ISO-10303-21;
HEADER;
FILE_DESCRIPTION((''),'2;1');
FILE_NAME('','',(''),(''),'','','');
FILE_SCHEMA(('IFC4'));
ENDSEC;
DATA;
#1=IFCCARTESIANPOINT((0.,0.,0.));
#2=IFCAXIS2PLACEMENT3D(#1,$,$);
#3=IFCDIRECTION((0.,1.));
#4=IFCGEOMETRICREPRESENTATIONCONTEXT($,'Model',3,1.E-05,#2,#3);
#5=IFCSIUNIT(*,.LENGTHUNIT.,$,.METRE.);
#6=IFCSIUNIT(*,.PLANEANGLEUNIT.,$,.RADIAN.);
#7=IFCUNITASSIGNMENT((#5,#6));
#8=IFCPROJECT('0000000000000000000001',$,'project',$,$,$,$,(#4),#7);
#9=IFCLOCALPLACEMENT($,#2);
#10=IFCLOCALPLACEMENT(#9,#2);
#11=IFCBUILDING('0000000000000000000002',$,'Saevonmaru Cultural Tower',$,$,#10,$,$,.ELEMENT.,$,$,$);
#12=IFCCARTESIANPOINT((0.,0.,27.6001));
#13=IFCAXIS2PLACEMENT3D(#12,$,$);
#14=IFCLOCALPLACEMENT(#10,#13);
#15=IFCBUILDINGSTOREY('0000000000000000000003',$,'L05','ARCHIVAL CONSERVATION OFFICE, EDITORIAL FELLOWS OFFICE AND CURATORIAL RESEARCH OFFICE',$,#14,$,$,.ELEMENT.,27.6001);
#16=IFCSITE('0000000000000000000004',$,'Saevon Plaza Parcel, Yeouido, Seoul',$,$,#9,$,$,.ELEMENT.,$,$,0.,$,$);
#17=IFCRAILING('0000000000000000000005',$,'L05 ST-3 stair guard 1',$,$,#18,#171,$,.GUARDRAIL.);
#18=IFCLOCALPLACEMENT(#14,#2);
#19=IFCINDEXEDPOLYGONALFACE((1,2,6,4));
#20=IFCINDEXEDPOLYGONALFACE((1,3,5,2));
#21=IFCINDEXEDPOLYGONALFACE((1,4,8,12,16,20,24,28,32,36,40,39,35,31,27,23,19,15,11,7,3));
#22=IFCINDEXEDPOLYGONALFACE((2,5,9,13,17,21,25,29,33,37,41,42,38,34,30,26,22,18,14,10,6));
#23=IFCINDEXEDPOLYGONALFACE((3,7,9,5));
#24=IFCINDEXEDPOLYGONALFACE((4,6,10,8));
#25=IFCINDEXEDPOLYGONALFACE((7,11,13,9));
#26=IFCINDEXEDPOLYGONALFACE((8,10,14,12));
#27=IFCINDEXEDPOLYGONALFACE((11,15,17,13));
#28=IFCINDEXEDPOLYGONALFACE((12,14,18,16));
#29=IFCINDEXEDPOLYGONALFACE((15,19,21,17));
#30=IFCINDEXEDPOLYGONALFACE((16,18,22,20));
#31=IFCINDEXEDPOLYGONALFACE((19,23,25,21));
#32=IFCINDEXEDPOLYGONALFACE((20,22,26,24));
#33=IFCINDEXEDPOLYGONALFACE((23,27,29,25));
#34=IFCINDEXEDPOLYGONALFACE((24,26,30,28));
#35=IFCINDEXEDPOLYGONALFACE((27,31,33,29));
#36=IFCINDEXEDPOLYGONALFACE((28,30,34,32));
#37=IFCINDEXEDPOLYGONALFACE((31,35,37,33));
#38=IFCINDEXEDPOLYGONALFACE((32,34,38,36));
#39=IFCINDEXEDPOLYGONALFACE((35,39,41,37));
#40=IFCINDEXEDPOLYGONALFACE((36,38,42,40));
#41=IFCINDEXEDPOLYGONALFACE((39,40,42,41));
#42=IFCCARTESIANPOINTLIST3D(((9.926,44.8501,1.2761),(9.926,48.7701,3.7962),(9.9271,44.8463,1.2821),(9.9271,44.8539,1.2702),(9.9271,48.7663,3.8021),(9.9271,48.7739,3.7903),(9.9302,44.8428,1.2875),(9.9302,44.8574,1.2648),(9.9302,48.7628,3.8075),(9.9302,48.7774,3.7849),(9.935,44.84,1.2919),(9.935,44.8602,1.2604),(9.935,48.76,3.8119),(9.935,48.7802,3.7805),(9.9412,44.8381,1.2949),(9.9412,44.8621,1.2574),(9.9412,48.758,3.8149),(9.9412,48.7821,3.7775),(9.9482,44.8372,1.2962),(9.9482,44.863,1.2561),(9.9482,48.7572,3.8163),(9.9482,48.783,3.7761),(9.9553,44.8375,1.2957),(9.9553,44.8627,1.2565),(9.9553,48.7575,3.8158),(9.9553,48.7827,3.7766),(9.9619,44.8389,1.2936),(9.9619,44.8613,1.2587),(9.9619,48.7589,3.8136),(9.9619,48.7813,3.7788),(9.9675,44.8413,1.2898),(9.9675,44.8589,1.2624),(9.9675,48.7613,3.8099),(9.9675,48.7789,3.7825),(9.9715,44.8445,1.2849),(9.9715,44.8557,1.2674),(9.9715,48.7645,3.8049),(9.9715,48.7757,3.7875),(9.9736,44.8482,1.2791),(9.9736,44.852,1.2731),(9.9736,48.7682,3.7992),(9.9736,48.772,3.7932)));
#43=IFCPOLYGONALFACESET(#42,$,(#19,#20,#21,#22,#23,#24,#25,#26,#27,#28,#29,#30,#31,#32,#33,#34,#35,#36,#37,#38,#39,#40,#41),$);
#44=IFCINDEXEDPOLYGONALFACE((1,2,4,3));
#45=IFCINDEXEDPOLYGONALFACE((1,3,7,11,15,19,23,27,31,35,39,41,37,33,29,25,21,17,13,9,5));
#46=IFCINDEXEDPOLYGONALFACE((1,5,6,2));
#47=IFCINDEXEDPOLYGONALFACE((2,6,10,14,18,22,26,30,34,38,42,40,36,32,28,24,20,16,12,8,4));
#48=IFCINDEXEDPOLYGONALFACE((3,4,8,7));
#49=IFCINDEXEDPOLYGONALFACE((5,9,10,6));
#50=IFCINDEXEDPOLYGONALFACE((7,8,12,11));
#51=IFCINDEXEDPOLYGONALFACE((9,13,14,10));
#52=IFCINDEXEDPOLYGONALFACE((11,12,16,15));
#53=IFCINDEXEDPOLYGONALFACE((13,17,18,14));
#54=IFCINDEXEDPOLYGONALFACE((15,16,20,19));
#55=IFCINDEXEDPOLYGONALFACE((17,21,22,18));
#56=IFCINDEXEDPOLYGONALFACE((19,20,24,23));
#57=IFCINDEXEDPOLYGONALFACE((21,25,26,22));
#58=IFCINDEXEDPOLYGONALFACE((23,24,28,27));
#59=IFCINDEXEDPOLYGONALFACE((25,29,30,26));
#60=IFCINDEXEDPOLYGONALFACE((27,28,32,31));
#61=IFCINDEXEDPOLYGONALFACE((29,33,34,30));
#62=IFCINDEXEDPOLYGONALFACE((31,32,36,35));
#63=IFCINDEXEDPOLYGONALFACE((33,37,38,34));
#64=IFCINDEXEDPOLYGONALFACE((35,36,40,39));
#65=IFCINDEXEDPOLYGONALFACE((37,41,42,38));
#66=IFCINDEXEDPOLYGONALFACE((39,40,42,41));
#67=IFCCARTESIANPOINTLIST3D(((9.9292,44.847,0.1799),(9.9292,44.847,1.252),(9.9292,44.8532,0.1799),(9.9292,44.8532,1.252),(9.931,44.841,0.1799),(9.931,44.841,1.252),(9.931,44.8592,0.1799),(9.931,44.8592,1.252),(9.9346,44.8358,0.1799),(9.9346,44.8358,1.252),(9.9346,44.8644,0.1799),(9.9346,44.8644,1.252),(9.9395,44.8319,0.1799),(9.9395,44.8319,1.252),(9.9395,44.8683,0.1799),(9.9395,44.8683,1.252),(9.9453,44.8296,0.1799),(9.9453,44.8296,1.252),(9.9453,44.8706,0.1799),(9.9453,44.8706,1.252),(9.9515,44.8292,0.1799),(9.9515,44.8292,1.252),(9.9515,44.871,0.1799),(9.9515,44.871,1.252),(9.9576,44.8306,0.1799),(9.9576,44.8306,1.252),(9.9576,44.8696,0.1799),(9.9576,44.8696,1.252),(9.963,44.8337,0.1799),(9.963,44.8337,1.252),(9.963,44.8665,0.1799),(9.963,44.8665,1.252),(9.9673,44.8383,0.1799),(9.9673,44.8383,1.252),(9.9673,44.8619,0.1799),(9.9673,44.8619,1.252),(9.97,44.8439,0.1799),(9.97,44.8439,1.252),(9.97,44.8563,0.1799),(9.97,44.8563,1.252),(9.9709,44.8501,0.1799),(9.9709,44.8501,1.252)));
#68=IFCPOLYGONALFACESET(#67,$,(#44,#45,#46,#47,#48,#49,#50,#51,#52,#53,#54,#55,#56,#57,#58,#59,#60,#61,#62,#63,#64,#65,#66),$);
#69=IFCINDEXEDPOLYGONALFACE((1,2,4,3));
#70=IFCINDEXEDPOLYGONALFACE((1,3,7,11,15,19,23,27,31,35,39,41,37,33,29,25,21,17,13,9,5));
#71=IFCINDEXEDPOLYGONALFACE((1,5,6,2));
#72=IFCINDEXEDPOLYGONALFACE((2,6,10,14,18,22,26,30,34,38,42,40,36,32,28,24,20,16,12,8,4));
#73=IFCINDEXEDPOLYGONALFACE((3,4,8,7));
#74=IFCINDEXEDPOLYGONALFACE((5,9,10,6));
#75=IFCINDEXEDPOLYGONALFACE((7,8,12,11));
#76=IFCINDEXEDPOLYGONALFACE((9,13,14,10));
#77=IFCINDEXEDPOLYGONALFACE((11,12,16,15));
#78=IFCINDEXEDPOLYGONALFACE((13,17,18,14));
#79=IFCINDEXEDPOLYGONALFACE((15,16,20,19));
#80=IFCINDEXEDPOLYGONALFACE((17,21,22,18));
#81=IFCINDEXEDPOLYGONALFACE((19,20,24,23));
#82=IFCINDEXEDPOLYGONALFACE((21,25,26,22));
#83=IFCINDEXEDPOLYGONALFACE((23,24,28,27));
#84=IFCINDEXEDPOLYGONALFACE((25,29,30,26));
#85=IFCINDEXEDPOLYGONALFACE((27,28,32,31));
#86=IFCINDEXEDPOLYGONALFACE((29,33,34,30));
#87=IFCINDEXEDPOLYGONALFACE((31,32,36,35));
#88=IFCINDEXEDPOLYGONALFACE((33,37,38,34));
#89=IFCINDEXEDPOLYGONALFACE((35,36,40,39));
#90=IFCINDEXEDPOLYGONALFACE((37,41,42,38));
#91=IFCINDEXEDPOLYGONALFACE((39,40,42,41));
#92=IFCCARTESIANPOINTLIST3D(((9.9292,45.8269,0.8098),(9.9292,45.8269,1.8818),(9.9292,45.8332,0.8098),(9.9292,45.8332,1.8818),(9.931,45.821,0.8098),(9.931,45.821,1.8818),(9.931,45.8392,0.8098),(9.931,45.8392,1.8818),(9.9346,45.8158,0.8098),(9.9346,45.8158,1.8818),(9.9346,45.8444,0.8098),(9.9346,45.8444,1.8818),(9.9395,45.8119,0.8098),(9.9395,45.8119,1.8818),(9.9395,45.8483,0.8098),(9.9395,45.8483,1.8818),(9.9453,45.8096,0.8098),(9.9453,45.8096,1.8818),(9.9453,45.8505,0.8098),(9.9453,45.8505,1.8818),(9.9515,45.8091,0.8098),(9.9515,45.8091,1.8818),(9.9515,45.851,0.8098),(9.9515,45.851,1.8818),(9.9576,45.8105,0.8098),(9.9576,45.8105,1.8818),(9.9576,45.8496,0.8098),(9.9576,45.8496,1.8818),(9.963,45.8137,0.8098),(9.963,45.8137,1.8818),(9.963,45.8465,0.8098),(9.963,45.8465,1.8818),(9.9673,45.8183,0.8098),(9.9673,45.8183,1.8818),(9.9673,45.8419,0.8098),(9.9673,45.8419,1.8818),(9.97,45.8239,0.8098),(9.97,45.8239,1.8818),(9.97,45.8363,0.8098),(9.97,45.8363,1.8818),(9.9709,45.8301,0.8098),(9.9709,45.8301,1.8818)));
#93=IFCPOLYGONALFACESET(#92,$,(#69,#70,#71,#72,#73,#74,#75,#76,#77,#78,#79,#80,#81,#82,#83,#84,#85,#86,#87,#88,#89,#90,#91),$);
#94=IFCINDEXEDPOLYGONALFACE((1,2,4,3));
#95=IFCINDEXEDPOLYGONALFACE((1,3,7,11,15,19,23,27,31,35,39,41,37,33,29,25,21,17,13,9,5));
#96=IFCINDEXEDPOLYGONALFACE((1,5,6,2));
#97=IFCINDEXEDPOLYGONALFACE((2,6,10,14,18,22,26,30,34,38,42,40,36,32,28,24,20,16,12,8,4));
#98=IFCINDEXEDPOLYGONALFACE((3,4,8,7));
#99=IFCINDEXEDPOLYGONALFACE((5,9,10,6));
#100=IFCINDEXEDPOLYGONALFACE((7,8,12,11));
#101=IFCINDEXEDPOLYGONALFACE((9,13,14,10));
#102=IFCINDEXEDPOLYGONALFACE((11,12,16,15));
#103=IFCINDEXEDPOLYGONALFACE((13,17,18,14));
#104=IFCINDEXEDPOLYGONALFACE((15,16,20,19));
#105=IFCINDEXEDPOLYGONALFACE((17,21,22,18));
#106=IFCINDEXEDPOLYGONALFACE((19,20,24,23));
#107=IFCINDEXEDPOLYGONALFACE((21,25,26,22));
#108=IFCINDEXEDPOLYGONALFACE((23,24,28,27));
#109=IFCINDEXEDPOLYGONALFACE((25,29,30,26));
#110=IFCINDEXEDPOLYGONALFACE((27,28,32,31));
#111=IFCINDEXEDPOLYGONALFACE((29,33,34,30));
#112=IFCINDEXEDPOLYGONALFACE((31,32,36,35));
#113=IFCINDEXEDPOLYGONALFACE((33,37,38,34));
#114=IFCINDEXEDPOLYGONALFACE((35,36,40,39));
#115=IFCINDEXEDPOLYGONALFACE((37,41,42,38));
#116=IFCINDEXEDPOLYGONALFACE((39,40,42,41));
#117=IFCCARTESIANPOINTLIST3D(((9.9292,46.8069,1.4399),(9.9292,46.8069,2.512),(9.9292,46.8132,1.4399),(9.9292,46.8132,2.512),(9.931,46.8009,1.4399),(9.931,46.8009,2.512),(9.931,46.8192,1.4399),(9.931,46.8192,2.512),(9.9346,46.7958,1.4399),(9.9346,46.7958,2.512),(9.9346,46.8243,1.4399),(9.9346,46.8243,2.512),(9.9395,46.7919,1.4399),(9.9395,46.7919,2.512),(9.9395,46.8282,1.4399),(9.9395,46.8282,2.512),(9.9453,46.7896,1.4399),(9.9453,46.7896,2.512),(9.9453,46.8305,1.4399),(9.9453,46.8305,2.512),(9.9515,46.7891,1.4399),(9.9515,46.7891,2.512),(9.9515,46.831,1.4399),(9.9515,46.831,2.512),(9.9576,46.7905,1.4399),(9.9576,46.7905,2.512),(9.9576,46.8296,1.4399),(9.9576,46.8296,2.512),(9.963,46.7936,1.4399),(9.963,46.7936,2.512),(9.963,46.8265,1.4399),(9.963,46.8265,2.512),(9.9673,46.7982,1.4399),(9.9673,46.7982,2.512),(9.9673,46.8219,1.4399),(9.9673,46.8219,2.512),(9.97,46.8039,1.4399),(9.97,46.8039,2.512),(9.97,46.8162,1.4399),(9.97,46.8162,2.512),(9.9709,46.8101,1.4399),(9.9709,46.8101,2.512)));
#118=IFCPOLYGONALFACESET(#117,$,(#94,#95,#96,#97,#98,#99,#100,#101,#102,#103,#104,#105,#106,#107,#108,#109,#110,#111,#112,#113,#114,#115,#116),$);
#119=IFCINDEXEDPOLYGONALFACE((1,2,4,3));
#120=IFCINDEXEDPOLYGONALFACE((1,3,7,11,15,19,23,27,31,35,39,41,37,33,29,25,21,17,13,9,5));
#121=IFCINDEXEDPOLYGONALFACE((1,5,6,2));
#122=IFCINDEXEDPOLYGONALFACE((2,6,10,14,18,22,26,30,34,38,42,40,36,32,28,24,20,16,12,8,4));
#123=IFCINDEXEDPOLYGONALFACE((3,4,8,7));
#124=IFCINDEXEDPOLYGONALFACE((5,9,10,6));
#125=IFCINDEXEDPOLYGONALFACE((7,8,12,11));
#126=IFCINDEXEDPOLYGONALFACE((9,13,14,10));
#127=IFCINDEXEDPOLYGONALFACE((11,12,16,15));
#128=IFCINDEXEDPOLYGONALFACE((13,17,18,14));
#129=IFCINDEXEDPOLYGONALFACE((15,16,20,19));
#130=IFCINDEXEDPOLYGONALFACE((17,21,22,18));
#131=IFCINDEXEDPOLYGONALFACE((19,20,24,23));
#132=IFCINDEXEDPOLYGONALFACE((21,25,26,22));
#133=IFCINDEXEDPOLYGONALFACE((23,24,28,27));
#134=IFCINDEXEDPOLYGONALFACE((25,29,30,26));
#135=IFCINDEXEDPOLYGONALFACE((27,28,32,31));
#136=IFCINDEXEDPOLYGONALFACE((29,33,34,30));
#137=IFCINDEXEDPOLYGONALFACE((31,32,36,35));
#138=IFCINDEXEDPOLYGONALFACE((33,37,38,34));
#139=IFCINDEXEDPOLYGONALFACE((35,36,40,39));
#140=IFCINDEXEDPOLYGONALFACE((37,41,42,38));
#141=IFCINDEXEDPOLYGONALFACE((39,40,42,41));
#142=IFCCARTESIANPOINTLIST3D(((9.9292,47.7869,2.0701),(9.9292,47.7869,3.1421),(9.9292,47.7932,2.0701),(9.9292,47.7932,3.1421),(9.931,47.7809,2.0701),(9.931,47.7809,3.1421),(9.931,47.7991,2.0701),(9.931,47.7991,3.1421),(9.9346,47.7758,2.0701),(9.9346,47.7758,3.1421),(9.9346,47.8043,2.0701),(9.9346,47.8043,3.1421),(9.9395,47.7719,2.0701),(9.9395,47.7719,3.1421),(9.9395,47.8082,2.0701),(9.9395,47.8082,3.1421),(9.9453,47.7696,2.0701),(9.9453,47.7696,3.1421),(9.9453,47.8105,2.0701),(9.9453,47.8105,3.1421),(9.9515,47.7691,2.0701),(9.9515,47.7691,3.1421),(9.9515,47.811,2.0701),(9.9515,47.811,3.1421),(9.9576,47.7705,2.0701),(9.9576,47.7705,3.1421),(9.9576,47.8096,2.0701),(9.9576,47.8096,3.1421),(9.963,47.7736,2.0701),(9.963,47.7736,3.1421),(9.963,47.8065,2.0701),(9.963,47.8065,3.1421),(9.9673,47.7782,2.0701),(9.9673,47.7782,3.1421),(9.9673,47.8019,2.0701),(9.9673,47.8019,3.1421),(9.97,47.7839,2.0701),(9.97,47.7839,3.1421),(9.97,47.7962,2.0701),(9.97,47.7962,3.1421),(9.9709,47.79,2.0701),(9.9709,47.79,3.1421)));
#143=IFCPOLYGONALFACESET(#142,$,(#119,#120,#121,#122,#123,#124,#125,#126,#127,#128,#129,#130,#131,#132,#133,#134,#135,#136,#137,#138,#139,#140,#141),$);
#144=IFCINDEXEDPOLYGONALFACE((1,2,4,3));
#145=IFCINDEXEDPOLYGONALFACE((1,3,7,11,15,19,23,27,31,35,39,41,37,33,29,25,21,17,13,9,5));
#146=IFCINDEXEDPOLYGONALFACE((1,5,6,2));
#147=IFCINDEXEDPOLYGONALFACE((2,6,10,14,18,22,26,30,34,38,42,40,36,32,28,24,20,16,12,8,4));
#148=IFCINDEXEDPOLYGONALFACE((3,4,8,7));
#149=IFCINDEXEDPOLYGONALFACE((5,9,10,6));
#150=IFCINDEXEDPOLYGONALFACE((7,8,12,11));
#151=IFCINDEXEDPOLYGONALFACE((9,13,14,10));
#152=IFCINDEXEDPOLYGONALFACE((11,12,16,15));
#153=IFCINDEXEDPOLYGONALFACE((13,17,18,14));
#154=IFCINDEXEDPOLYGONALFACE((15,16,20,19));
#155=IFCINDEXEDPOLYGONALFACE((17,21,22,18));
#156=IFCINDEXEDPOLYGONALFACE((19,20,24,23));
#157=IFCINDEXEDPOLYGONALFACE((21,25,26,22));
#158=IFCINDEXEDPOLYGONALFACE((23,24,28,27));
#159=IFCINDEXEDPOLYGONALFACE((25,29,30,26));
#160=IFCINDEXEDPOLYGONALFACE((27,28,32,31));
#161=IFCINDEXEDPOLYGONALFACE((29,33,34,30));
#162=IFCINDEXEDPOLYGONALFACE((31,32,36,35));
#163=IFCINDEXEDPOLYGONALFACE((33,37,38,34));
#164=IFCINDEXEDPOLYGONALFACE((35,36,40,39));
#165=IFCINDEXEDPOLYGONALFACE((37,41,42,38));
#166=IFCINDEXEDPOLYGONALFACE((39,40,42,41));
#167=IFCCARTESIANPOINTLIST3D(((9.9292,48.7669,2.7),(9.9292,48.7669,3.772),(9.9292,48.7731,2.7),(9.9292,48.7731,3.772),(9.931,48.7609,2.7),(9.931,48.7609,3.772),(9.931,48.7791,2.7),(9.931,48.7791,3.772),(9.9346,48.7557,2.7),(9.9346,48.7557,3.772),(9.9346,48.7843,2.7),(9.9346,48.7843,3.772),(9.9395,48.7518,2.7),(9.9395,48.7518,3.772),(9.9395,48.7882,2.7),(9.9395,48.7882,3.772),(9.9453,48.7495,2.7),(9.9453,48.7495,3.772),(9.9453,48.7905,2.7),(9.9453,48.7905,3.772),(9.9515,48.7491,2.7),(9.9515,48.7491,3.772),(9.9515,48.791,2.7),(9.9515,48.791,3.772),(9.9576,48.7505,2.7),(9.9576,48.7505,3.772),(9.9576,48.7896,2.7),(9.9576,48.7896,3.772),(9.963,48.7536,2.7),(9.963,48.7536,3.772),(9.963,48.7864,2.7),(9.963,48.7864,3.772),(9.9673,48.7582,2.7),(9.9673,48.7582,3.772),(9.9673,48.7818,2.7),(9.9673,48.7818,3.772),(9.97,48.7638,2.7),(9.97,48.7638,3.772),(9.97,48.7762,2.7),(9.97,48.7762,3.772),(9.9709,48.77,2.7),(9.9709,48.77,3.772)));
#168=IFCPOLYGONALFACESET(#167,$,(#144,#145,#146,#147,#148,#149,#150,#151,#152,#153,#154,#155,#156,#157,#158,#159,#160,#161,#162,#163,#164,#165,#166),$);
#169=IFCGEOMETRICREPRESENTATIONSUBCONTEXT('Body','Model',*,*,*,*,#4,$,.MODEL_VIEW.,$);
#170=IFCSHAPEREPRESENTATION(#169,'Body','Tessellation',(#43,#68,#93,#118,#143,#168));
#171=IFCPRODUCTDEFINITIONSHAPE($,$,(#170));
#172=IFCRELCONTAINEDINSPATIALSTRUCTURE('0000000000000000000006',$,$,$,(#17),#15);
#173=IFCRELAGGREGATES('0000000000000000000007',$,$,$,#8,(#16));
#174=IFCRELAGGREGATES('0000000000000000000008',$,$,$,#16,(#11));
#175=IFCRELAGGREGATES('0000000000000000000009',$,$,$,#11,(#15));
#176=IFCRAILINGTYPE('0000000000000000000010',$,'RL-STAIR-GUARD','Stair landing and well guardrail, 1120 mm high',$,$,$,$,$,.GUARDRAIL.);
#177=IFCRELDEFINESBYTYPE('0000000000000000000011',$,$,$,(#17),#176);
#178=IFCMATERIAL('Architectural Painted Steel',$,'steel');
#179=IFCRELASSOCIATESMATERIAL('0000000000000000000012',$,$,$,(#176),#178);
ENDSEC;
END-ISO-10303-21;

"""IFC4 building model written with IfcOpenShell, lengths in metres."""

from ifc_helpers import new_model, si_unit, direction, frame, origin, origin_2d, place, context, subcontext, project, spatial, circle, extrude, material, type_object, element, save


model = new_model("IFC4")

# Units and contexts
model_context = context("Model", 3, precision=1e-05, world=origin(), true_north=direction((0.0, 1.0)))
body_context = subcontext(model_context, "Body", "Model", "MODEL_VIEW")
ifc_project = project(units=[si_unit("LENGTHUNIT", "METRE"), si_unit("PLANEANGLEUNIT", "RADIAN")], contexts=[model_context])

# Site, building, storey
site_placement = place(None, origin())
site = spatial("IfcSite", under=ifc_project, at=site_placement, Name="Saevon Plaza Parcel, Yeouido, Seoul", CompositionType="ELEMENT", RefElevation=0.0)
building_placement = place(site_placement, origin())
building = spatial("IfcBuilding", under=site, at=building_placement, Name="Saevonmaru Cultural Tower", CompositionType="ELEMENT")
storey_placement = place(building_placement, frame((0.0, 0.0, 27.6001)))
storey = spatial("IfcBuildingStorey", under=building, at=storey_placement, Name="L05", Description="ARCHIVAL CONSERVATION OFFICE, EDITORIAL FELLOWS OFFICE AND CURATORIAL RESEARCH OFFICE", CompositionType="ELEMENT", Elevation=27.6001)

# Railing
ifc_material_1 = material(Name="Architectural Painted Steel", Category="steel")
railing_type_1 = type_object("IfcRailingType", Name="RL-STAIR-GUARD", Description="Stair landing and well guardrail, 1120 mm high", PredefinedType="GUARDRAIL", material=ifc_material_1)
railing_1_placement = place(storey_placement, frame((9.95, 44.8501, 0.1799)))
element("IfcRailing", 1, at=railing_1_placement, inside=storey, type_object=railing_type_1, Name="L05 ST-3 stair guard 1", PredefinedType="GUARDRAIL", context=body_context, shape_type="SweptSolid", body=[
    extrude(circle(Radius=0.0239, at=origin_2d()), frame((0.0, 0.0, 1.0962), z_axis=(0.0, 0.841172, 0.540768), x_axis=(-1.0, 0.0, 0.0)), (0.0, 0.0, 1.0), 4.6602),
    extrude(circle(Radius=0.021, at=origin_2d()), origin(), (0.0, 0.0, 1.0), 1.072),
    extrude(circle(Radius=0.021, at=origin_2d()), frame((0.0, 0.98, 0.6299)), (0.0, 0.0, 1.0), 1.072),
    extrude(circle(Radius=0.021, at=origin_2d()), frame((0.0, 1.96, 1.26)), (0.0, 0.0, 1.0), 1.072),
    extrude(circle(Radius=0.021, at=origin_2d()), frame((0.0, 2.9399, 1.8901)), (0.0, 0.0, 1.0), 1.072),
    extrude(circle(Radius=0.021, at=origin_2d()), frame((0.0, 3.9199, 2.52)), (0.0, 0.0, 1.0), 1.072),
])

save(model, "model.ifc")
